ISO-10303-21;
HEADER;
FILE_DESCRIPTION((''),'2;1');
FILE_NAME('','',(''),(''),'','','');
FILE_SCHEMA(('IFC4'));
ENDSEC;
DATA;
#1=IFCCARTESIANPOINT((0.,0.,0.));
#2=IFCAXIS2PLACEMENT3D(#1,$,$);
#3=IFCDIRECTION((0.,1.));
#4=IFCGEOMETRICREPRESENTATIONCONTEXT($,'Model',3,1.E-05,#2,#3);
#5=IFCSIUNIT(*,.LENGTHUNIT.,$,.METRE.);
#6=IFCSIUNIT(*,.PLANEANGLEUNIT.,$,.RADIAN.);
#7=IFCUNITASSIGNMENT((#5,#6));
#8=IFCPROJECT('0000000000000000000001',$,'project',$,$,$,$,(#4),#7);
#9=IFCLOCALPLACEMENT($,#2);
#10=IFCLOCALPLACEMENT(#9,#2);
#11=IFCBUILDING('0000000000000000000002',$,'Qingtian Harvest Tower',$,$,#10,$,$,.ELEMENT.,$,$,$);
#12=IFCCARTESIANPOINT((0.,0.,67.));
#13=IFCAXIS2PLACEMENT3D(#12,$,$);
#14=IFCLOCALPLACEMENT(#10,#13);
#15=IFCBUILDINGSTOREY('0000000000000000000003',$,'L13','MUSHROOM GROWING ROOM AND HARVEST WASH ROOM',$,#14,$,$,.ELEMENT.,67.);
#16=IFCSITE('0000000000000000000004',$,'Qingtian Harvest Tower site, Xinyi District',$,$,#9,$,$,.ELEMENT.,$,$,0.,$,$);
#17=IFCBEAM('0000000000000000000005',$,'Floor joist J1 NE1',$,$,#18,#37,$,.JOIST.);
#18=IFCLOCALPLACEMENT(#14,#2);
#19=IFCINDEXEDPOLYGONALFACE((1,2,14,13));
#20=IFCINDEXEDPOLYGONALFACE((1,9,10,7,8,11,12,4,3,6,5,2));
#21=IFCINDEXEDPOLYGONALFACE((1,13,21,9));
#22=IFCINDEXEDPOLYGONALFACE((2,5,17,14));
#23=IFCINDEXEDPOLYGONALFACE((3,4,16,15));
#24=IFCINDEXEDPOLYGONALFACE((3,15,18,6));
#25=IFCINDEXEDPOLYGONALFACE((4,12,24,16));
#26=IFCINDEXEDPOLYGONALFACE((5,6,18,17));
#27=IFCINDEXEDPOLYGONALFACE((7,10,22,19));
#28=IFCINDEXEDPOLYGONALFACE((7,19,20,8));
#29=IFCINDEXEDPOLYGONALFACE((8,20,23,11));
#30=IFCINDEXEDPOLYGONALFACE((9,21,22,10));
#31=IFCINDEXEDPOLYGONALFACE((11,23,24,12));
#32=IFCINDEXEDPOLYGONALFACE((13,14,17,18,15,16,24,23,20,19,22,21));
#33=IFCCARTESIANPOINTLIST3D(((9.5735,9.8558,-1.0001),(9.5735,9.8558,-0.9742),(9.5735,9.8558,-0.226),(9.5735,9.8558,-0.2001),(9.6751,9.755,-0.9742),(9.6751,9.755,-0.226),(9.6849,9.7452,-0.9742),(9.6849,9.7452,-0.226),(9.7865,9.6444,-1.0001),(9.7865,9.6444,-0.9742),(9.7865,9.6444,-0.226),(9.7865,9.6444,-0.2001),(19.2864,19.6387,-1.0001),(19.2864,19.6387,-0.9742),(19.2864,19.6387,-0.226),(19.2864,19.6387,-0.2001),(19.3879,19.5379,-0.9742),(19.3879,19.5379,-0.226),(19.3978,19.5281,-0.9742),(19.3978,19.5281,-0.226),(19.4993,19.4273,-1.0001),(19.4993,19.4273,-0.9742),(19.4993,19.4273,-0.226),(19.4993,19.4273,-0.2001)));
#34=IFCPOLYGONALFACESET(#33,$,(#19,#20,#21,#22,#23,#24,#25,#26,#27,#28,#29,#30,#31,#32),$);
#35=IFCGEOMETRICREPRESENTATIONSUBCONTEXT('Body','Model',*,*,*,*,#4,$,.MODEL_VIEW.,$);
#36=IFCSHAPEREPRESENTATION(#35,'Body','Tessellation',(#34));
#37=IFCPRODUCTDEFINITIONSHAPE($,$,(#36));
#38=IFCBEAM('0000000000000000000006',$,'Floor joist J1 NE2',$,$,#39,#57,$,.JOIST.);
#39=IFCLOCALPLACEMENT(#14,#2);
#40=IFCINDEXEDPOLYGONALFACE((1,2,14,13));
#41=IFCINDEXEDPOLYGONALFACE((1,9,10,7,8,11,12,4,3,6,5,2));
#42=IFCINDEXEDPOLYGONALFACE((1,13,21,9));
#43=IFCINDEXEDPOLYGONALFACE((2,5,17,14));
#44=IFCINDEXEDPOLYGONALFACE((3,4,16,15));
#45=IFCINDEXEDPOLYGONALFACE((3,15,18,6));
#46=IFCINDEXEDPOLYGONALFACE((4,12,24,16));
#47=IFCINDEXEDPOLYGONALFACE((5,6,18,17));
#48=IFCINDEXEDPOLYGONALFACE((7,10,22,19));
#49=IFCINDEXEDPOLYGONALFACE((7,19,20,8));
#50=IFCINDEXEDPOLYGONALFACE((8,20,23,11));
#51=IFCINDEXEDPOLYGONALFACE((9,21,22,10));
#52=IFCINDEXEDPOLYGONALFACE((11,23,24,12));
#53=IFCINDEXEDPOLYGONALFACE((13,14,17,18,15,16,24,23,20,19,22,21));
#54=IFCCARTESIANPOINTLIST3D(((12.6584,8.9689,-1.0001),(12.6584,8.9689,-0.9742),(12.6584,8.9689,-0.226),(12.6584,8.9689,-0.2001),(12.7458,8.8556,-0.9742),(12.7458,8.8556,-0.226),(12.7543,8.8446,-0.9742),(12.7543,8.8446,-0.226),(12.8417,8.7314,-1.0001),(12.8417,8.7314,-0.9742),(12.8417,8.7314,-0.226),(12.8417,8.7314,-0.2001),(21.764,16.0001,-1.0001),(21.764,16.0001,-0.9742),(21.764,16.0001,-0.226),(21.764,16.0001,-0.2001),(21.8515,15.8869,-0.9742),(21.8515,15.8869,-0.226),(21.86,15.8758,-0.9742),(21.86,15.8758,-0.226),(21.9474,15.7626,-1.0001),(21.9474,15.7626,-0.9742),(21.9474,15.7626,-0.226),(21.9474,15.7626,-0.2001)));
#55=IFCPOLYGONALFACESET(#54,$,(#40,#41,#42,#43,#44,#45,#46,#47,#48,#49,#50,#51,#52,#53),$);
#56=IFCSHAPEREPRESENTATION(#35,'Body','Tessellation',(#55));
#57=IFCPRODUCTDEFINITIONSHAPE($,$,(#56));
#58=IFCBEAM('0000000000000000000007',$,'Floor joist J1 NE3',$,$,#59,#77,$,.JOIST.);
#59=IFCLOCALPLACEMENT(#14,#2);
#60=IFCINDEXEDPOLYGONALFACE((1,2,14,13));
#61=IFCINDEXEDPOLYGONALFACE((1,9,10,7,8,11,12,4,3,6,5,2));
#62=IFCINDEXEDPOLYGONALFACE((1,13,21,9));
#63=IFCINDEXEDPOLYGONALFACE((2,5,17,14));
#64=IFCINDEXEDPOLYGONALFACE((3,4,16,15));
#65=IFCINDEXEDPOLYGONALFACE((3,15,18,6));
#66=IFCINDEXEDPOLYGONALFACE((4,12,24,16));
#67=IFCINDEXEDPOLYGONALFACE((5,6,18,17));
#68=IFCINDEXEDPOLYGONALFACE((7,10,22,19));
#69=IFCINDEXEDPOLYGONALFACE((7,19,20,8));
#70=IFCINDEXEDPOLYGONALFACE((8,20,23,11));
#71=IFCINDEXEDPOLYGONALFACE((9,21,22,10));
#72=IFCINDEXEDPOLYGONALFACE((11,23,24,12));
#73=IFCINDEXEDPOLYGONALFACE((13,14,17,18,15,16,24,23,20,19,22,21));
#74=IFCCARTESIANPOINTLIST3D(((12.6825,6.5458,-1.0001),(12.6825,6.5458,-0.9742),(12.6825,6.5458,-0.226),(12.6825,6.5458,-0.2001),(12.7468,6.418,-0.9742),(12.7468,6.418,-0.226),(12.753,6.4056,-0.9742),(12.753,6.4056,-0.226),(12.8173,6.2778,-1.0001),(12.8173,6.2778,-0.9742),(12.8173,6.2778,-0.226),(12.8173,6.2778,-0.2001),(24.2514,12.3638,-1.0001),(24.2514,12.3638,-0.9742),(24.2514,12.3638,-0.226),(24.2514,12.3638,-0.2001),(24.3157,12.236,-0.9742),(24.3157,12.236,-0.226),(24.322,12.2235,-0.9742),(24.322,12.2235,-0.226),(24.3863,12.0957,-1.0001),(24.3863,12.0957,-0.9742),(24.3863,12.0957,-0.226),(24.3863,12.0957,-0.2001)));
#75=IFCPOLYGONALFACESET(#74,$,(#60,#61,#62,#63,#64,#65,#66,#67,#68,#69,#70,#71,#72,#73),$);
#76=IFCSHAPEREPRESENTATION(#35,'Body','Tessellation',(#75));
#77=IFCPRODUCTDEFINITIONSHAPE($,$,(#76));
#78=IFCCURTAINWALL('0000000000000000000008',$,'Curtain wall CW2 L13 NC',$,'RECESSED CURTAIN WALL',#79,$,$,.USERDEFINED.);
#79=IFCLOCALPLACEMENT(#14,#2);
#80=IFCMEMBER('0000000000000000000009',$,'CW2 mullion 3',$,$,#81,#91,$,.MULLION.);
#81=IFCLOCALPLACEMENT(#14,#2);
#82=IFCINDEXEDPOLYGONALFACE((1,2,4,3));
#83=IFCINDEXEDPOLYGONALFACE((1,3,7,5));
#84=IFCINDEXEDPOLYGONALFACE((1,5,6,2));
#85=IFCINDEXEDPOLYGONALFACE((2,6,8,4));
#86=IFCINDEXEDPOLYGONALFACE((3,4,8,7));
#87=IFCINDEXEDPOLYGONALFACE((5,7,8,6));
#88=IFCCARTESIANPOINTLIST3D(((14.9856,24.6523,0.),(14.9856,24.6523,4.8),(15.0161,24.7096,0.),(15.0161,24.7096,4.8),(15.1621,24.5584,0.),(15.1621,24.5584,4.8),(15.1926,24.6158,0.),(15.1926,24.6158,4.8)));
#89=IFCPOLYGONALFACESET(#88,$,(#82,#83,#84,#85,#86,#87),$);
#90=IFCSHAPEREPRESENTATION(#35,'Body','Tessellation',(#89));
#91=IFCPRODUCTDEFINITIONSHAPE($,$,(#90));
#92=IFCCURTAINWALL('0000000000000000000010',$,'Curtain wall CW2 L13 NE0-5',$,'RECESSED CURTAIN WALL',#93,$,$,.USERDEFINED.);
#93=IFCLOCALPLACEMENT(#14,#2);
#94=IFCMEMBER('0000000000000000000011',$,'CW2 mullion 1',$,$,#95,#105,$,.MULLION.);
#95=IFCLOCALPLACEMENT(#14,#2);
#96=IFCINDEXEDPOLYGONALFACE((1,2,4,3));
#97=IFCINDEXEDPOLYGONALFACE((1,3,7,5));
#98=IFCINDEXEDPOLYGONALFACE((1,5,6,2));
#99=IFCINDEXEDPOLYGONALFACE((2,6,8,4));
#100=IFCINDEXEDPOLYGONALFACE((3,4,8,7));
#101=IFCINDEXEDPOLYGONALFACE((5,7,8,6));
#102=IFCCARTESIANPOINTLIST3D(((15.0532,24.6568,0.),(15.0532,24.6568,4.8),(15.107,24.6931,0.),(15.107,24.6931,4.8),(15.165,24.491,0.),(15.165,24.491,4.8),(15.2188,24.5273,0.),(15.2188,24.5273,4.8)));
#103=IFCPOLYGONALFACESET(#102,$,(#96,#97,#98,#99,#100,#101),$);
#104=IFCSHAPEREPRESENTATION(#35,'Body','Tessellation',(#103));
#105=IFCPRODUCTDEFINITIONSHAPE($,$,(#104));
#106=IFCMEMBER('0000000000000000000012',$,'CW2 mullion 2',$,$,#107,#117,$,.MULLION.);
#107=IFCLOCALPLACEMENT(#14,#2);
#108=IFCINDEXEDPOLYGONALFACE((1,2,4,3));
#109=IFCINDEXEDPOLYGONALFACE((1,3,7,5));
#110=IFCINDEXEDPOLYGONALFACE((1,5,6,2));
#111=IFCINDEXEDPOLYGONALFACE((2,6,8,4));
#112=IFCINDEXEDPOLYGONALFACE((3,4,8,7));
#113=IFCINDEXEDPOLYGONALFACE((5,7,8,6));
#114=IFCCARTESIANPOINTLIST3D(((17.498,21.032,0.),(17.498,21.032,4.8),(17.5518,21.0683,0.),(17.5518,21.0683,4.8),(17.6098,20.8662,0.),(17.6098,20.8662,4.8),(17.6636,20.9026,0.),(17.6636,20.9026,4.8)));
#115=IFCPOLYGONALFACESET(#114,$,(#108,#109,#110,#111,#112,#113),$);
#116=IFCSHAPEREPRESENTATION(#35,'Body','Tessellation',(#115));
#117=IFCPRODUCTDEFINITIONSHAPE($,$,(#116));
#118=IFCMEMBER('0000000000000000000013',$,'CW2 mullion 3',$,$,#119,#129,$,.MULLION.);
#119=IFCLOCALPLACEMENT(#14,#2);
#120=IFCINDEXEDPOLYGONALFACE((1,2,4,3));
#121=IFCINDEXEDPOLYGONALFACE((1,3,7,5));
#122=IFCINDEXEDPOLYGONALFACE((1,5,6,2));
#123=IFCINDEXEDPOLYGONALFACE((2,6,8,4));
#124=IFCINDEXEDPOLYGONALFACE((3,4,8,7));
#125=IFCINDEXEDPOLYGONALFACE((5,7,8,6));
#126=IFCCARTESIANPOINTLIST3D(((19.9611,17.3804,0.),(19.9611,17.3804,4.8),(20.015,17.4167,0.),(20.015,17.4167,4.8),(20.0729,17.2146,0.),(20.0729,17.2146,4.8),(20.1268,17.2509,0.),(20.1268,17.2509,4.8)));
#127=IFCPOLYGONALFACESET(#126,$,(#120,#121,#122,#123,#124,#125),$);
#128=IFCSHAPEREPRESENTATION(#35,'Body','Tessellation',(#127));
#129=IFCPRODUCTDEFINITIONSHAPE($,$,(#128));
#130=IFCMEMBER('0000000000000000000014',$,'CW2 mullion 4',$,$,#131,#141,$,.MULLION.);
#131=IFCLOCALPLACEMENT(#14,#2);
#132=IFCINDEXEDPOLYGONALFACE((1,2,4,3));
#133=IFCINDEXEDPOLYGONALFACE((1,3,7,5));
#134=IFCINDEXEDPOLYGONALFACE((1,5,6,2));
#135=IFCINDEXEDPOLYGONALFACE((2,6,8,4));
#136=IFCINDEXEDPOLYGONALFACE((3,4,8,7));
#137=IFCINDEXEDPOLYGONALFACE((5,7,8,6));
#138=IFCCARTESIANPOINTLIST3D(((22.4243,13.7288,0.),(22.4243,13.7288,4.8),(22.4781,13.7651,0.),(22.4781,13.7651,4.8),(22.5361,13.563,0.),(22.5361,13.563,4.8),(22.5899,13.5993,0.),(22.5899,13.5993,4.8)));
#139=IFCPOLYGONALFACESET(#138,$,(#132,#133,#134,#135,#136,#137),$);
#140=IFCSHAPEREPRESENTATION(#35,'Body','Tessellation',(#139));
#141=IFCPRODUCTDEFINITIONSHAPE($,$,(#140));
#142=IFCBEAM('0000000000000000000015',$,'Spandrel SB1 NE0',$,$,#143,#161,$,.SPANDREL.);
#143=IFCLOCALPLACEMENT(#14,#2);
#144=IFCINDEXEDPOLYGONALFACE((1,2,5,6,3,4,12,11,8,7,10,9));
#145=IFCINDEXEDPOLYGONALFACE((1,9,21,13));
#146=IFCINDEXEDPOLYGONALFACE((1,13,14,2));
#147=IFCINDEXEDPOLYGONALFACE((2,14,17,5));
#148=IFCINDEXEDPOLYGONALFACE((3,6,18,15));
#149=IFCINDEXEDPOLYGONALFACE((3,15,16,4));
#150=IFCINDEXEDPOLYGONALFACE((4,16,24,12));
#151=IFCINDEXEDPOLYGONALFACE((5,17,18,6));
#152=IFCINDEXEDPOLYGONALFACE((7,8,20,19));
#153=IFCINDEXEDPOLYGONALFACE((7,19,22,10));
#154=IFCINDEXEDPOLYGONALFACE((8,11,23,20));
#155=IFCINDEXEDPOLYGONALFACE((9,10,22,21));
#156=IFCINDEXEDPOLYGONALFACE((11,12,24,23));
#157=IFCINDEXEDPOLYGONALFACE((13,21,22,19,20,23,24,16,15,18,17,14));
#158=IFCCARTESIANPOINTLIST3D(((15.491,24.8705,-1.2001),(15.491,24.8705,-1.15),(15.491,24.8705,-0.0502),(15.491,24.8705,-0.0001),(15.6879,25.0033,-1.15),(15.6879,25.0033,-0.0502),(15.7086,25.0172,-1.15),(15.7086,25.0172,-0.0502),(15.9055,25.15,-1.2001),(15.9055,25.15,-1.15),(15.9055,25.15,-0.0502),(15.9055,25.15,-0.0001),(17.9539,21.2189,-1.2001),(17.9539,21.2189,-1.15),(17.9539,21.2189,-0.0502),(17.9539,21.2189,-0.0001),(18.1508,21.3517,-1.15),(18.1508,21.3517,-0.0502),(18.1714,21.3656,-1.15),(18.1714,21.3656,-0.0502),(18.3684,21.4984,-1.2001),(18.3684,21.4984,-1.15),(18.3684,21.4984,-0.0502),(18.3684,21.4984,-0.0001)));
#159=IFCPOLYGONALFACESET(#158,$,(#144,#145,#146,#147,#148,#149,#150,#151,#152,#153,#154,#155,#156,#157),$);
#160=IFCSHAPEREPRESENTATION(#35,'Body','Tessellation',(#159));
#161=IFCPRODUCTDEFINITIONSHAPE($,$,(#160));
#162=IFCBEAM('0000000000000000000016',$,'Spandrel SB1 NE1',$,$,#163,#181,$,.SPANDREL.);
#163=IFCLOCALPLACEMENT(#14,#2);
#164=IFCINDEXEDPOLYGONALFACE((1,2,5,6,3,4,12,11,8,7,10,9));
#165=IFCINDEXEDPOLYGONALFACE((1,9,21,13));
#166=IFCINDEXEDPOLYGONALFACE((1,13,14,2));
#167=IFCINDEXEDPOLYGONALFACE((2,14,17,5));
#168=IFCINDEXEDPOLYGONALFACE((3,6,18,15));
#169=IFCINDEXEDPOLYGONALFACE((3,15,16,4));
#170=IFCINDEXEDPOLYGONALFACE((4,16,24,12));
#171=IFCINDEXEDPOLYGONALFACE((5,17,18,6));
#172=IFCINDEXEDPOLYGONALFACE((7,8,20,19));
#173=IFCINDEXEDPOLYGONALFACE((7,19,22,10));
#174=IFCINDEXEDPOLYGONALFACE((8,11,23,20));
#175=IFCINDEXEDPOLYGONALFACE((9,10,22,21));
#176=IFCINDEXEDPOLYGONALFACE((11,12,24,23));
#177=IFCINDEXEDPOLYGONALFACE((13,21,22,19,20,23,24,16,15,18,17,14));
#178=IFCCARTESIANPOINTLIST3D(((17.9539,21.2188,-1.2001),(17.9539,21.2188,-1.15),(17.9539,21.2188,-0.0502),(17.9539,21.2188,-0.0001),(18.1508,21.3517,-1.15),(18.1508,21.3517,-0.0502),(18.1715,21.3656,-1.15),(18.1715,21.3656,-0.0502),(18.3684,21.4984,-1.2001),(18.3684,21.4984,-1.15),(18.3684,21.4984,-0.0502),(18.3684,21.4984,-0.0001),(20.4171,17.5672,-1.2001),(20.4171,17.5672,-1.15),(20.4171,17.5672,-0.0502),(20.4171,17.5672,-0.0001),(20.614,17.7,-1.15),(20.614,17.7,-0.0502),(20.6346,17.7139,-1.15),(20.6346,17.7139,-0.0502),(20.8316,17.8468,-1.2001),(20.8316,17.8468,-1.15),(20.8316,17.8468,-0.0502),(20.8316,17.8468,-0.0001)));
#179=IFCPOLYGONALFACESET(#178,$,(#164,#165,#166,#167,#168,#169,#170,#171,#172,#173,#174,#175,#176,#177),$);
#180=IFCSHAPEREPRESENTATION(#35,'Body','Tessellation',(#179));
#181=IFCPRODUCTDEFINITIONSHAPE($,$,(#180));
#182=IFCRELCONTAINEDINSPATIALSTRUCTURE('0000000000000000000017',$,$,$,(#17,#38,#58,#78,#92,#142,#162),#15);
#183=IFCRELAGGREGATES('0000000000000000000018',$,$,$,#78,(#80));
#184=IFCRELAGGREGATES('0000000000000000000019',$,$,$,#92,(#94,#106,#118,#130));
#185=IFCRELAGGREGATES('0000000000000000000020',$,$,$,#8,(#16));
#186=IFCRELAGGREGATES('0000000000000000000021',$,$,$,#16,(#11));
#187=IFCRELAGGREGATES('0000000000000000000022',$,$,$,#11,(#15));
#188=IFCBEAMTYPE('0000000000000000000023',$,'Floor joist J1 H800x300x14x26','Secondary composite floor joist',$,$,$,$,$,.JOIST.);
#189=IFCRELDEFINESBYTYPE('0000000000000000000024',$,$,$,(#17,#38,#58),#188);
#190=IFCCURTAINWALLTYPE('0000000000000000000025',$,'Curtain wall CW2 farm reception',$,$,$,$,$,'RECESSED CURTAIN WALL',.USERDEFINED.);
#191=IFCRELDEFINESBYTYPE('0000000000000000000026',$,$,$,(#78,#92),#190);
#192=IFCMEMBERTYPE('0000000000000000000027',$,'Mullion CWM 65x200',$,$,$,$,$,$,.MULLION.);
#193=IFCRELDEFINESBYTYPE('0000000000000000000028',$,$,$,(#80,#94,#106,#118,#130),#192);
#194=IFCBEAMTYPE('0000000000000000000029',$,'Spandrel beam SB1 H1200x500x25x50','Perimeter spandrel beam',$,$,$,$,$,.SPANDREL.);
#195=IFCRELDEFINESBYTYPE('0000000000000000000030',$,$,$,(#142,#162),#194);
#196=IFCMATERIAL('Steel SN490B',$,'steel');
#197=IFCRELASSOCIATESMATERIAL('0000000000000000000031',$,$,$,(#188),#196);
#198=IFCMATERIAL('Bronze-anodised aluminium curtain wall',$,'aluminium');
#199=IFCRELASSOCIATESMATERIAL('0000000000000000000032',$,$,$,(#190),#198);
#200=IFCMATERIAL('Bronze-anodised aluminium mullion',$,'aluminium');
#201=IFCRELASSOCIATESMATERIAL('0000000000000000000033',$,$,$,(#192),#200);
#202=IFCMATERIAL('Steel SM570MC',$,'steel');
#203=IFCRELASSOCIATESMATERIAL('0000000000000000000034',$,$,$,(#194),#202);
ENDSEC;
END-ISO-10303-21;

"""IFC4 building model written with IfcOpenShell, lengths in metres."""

from ifc_helpers import new_model, si_unit, direction, frame, origin, origin_2d, place, context, subcontext, project, spatial, rectangle, i_section, extrude, material, material_profile, profile_set, type_object, element, aggregate, save


model = new_model("IFC4")

# Units and contexts
model_context = context("Model", 3, precision=1e-05, world=origin(), true_north=direction((0.0, 1.0)))
body_context = subcontext(model_context, "Body", "Model", "MODEL_VIEW")
ifc_project = project(units=[si_unit("LENGTHUNIT", "METRE"), si_unit("PLANEANGLEUNIT", "RADIAN")], contexts=[model_context])

# Site, building, storey
site_placement = place(None, origin())
site = spatial("IfcSite", under=ifc_project, at=site_placement, Name="Qingtian Harvest Tower site, Xinyi District", CompositionType="ELEMENT", RefElevation=0.0)
building_placement = place(site_placement, origin())
building = spatial("IfcBuilding", under=site, at=building_placement, Name="Qingtian Harvest Tower", CompositionType="ELEMENT")
storey_placement = place(building_placement, frame((0.0, 0.0, 67.0)))
storey = spatial("IfcBuildingStorey", under=building, at=storey_placement, Name="L13", Description="MUSHROOM GROWING ROOM AND HARVEST WASH ROOM", CompositionType="ELEMENT", Elevation=67.0)

# Beams
ifc_material_1 = material(Name="Steel SN490B", Category="steel")
ifc_material_profile_1 = material_profile(ifc_material_1, i_section(OverallWidth=0.3, OverallDepth=0.8, WebThickness=0.0139, FlangeThickness=0.0259, at=origin_2d()), Name="H800x300x14x26")
ifc_profile_set_1 = profile_set([ifc_material_profile_1], Name="Steel SN490B")
beam_type_1 = type_object("IfcBeamType", Name="Floor joist J1 H800x300x14x26", Description="Secondary composite floor joist", PredefinedType="JOIST", material=ifc_profile_set_1)
beam_1_placement = place(storey_placement, frame((19.3928, 19.533, -0.6001), z_axis=(-0.704561, -0.709644, 0.0), x_axis=(0.709644, -0.704561, 0.0)))
element("IfcBeam", 1, at=beam_1_placement, inside=storey, type_object=beam_type_1, Name="Floor joist J1 NE1", PredefinedType="JOIST", context=body_context, shape_type="SweptSolid", body=[
    extrude(i_section(OverallWidth=0.3, OverallDepth=0.8, WebThickness=0.0139, FlangeThickness=0.0259, at=origin_2d()), origin(), (0.0, 0.0, 1.0), 13.7856),
])
beam_2_placement = place(storey_placement, frame((21.8557, 15.8813, -0.6001), z_axis=(-0.791495, -0.611176, 0.0), x_axis=(0.611176, -0.791495, 0.0)))
element("IfcBeam", 2, at=beam_2_placement, inside=storey, type_object=beam_type_1, Name="Floor joist J1 NE2", PredefinedType="JOIST", context=body_context, shape_type="SweptSolid", body=[
    extrude(i_section(OverallWidth=0.3, OverallDepth=0.8, WebThickness=0.0139, FlangeThickness=0.0259, at=origin_2d()), origin(), (0.0, 0.0, 1.0), 11.5044),
])
beam_3_placement = place(storey_placement, frame((24.3188, 12.2297, -0.6001), z_axis=(-0.893392, -0.449279, 0.0), x_axis=(0.449279, -0.893392, 0.0)))
element("IfcBeam", 3, at=beam_3_placement, inside=storey, type_object=beam_type_1, Name="Floor joist J1 NE3", PredefinedType="JOIST", context=body_context, shape_type="SweptSolid", body=[
    extrude(i_section(OverallWidth=0.3, OverallDepth=0.8, WebThickness=0.0139, FlangeThickness=0.0259, at=origin_2d()), origin(), (0.0, 0.0, 1.0), 12.9495),
])

# Curtain wall, member
ifc_material_2 = material(Name="Bronze-anodised aluminium curtain wall", Category="aluminium")
curtain_wall_type = type_object("IfcCurtainWallType", Name="Curtain wall CW2 farm reception", ElementType="RECESSED CURTAIN WALL", PredefinedType="USERDEFINED", material=ifc_material_2)
curtain_wall_1_placement = place(storey_placement, origin())
curtain_wall_1 = element("IfcCurtainWall", 4, at=curtain_wall_1_placement, inside=storey, type_object=curtain_wall_type, Name="Curtain wall CW2 L13 NC", ObjectType="RECESSED CURTAIN WALL", PredefinedType="USERDEFINED")
ifc_material_3 = material(Name="Bronze-anodised aluminium mullion", Category="aluminium")
ifc_material_profile_2 = material_profile(ifc_material_3, rectangle(XDim=0.0649, YDim=0.2, at=origin_2d()), Name="AL 65x200")
ifc_profile_set_2 = profile_set([ifc_material_profile_2], Name="Bronze-anodised aluminium mullion")
member_type_1 = type_object("IfcMemberType", Name="Mullion CWM 65x200", PredefinedType="MULLION", material=ifc_profile_set_2)
member_1_placement = place(storey_placement, frame((15.0891, 24.634, 0.0), z_axis=(0.0, 0.0, 1.0), x_axis=(0.469472, 0.882948, 0.0)))
member_1 = element("IfcMember", 5, at=member_1_placement, type_object=member_type_1, Name="CW2 mullion 3", PredefinedType="MULLION", context=body_context, shape_type="SweptSolid", body=[
    extrude(rectangle(XDim=0.0649, YDim=0.2, at=origin_2d()), origin(), (0.0, 0.0, 1.0), 4.8),
])

# Curtain wall, members
curtain_wall_2_placement = place(storey_placement, origin())
curtain_wall_2 = element("IfcCurtainWall", 6, at=curtain_wall_2_placement, inside=storey, type_object=curtain_wall_type, Name="Curtain wall CW2 L13 NE0-5", ObjectType="RECESSED CURTAIN WALL", PredefinedType="USERDEFINED")
member_2_placement = place(storey_placement, frame((15.136, 24.592, 0.0), z_axis=(0.0, 0.0, 1.0), x_axis=(0.829038, 0.559193, 0.0)))
member_2 = element("IfcMember", 7, at=member_2_placement, type_object=member_type_1, Name="CW2 mullion 1", PredefinedType="MULLION", context=body_context, shape_type="SweptSolid", body=[
    extrude(rectangle(XDim=0.0649, YDim=0.2, at=origin_2d()), origin(), (0.0, 0.0, 1.0), 4.8),
])
member_3_placement = place(storey_placement, frame((17.5808, 20.9673, 0.0), z_axis=(0.0, 0.0, 1.0), x_axis=(0.829038, 0.559193, 0.0)))
member_3 = element("IfcMember", 8, at=member_3_placement, type_object=member_type_1, Name="CW2 mullion 2", PredefinedType="MULLION", context=body_context, shape_type="SweptSolid", body=[
    extrude(rectangle(XDim=0.0649, YDim=0.2, at=origin_2d()), origin(), (0.0, 0.0, 1.0), 4.8),
])
member_4_placement = place(storey_placement, frame((20.0439, 17.3157, 0.0), z_axis=(0.0, 0.0, 1.0), x_axis=(0.829038, 0.559193, 0.0)))
member_4 = element("IfcMember", 9, at=member_4_placement, type_object=member_type_1, Name="CW2 mullion 3", PredefinedType="MULLION", context=body_context, shape_type="SweptSolid", body=[
    extrude(rectangle(XDim=0.0649, YDim=0.2, at=origin_2d()), origin(), (0.0, 0.0, 1.0), 4.8),
])
member_5_placement = place(storey_placement, frame((22.5071, 13.6641, 0.0), z_axis=(0.0, 0.0, 1.0), x_axis=(0.829038, 0.559193, 0.0)))
member_5 = element("IfcMember", 10, at=member_5_placement, type_object=member_type_1, Name="CW2 mullion 4", PredefinedType="MULLION", context=body_context, shape_type="SweptSolid", body=[
    extrude(rectangle(XDim=0.0649, YDim=0.2, at=origin_2d()), origin(), (0.0, 0.0, 1.0), 4.8),
])

# Beams
ifc_material_4 = material(Name="Steel SM570MC", Category="steel")
ifc_material_profile_3 = material_profile(ifc_material_4, i_section(OverallWidth=0.5, OverallDepth=1.2, WebThickness=0.0249, FlangeThickness=0.05, at=origin_2d()), Name="H1200x500x25x50")
ifc_profile_set_3 = profile_set([ifc_material_profile_3], Name="Steel SM570MC")
beam_type_2 = type_object("IfcBeamType", Name="Spandrel beam SB1 H1200x500x25x50", Description="Perimeter spandrel beam", PredefinedType="SPANDREL", material=ifc_profile_set_3)
beam_4_placement = place(storey_placement, frame((15.6982, 25.0103, -0.6001), z_axis=(0.559169, -0.829054, 0.0), x_axis=(0.829054, 0.559169, 0.0)))
element("IfcBeam", 11, at=beam_4_placement, inside=storey, type_object=beam_type_2, Name="Spandrel SB1 NE0", PredefinedType="SPANDREL", context=body_context, shape_type="SweptSolid", body=[
    extrude(i_section(OverallWidth=0.5, OverallDepth=1.2, WebThickness=0.0249, FlangeThickness=0.05, at=origin_2d()), origin(), (0.0, 0.0, 1.0), 4.4045),
])
beam_5_placement = place(storey_placement, frame((18.1611, 21.3586, -0.6001), z_axis=(0.559207, -0.829028, 0.0), x_axis=(0.829028, 0.559207, 0.0)))
element("IfcBeam", 12, at=beam_5_placement, inside=storey, type_object=beam_type_2, Name="Spandrel SB1 NE1", PredefinedType="SPANDREL", context=body_context, shape_type="SweptSolid", body=[
    extrude(i_section(OverallWidth=0.5, OverallDepth=1.2, WebThickness=0.0249, FlangeThickness=0.05, at=origin_2d()), origin(), (0.0, 0.0, 1.0), 4.4048),
])

aggregate(curtain_wall_1, [member_1])
aggregate(curtain_wall_2, [member_2, member_3, member_4, member_5])

save(model, "model.ifc")
